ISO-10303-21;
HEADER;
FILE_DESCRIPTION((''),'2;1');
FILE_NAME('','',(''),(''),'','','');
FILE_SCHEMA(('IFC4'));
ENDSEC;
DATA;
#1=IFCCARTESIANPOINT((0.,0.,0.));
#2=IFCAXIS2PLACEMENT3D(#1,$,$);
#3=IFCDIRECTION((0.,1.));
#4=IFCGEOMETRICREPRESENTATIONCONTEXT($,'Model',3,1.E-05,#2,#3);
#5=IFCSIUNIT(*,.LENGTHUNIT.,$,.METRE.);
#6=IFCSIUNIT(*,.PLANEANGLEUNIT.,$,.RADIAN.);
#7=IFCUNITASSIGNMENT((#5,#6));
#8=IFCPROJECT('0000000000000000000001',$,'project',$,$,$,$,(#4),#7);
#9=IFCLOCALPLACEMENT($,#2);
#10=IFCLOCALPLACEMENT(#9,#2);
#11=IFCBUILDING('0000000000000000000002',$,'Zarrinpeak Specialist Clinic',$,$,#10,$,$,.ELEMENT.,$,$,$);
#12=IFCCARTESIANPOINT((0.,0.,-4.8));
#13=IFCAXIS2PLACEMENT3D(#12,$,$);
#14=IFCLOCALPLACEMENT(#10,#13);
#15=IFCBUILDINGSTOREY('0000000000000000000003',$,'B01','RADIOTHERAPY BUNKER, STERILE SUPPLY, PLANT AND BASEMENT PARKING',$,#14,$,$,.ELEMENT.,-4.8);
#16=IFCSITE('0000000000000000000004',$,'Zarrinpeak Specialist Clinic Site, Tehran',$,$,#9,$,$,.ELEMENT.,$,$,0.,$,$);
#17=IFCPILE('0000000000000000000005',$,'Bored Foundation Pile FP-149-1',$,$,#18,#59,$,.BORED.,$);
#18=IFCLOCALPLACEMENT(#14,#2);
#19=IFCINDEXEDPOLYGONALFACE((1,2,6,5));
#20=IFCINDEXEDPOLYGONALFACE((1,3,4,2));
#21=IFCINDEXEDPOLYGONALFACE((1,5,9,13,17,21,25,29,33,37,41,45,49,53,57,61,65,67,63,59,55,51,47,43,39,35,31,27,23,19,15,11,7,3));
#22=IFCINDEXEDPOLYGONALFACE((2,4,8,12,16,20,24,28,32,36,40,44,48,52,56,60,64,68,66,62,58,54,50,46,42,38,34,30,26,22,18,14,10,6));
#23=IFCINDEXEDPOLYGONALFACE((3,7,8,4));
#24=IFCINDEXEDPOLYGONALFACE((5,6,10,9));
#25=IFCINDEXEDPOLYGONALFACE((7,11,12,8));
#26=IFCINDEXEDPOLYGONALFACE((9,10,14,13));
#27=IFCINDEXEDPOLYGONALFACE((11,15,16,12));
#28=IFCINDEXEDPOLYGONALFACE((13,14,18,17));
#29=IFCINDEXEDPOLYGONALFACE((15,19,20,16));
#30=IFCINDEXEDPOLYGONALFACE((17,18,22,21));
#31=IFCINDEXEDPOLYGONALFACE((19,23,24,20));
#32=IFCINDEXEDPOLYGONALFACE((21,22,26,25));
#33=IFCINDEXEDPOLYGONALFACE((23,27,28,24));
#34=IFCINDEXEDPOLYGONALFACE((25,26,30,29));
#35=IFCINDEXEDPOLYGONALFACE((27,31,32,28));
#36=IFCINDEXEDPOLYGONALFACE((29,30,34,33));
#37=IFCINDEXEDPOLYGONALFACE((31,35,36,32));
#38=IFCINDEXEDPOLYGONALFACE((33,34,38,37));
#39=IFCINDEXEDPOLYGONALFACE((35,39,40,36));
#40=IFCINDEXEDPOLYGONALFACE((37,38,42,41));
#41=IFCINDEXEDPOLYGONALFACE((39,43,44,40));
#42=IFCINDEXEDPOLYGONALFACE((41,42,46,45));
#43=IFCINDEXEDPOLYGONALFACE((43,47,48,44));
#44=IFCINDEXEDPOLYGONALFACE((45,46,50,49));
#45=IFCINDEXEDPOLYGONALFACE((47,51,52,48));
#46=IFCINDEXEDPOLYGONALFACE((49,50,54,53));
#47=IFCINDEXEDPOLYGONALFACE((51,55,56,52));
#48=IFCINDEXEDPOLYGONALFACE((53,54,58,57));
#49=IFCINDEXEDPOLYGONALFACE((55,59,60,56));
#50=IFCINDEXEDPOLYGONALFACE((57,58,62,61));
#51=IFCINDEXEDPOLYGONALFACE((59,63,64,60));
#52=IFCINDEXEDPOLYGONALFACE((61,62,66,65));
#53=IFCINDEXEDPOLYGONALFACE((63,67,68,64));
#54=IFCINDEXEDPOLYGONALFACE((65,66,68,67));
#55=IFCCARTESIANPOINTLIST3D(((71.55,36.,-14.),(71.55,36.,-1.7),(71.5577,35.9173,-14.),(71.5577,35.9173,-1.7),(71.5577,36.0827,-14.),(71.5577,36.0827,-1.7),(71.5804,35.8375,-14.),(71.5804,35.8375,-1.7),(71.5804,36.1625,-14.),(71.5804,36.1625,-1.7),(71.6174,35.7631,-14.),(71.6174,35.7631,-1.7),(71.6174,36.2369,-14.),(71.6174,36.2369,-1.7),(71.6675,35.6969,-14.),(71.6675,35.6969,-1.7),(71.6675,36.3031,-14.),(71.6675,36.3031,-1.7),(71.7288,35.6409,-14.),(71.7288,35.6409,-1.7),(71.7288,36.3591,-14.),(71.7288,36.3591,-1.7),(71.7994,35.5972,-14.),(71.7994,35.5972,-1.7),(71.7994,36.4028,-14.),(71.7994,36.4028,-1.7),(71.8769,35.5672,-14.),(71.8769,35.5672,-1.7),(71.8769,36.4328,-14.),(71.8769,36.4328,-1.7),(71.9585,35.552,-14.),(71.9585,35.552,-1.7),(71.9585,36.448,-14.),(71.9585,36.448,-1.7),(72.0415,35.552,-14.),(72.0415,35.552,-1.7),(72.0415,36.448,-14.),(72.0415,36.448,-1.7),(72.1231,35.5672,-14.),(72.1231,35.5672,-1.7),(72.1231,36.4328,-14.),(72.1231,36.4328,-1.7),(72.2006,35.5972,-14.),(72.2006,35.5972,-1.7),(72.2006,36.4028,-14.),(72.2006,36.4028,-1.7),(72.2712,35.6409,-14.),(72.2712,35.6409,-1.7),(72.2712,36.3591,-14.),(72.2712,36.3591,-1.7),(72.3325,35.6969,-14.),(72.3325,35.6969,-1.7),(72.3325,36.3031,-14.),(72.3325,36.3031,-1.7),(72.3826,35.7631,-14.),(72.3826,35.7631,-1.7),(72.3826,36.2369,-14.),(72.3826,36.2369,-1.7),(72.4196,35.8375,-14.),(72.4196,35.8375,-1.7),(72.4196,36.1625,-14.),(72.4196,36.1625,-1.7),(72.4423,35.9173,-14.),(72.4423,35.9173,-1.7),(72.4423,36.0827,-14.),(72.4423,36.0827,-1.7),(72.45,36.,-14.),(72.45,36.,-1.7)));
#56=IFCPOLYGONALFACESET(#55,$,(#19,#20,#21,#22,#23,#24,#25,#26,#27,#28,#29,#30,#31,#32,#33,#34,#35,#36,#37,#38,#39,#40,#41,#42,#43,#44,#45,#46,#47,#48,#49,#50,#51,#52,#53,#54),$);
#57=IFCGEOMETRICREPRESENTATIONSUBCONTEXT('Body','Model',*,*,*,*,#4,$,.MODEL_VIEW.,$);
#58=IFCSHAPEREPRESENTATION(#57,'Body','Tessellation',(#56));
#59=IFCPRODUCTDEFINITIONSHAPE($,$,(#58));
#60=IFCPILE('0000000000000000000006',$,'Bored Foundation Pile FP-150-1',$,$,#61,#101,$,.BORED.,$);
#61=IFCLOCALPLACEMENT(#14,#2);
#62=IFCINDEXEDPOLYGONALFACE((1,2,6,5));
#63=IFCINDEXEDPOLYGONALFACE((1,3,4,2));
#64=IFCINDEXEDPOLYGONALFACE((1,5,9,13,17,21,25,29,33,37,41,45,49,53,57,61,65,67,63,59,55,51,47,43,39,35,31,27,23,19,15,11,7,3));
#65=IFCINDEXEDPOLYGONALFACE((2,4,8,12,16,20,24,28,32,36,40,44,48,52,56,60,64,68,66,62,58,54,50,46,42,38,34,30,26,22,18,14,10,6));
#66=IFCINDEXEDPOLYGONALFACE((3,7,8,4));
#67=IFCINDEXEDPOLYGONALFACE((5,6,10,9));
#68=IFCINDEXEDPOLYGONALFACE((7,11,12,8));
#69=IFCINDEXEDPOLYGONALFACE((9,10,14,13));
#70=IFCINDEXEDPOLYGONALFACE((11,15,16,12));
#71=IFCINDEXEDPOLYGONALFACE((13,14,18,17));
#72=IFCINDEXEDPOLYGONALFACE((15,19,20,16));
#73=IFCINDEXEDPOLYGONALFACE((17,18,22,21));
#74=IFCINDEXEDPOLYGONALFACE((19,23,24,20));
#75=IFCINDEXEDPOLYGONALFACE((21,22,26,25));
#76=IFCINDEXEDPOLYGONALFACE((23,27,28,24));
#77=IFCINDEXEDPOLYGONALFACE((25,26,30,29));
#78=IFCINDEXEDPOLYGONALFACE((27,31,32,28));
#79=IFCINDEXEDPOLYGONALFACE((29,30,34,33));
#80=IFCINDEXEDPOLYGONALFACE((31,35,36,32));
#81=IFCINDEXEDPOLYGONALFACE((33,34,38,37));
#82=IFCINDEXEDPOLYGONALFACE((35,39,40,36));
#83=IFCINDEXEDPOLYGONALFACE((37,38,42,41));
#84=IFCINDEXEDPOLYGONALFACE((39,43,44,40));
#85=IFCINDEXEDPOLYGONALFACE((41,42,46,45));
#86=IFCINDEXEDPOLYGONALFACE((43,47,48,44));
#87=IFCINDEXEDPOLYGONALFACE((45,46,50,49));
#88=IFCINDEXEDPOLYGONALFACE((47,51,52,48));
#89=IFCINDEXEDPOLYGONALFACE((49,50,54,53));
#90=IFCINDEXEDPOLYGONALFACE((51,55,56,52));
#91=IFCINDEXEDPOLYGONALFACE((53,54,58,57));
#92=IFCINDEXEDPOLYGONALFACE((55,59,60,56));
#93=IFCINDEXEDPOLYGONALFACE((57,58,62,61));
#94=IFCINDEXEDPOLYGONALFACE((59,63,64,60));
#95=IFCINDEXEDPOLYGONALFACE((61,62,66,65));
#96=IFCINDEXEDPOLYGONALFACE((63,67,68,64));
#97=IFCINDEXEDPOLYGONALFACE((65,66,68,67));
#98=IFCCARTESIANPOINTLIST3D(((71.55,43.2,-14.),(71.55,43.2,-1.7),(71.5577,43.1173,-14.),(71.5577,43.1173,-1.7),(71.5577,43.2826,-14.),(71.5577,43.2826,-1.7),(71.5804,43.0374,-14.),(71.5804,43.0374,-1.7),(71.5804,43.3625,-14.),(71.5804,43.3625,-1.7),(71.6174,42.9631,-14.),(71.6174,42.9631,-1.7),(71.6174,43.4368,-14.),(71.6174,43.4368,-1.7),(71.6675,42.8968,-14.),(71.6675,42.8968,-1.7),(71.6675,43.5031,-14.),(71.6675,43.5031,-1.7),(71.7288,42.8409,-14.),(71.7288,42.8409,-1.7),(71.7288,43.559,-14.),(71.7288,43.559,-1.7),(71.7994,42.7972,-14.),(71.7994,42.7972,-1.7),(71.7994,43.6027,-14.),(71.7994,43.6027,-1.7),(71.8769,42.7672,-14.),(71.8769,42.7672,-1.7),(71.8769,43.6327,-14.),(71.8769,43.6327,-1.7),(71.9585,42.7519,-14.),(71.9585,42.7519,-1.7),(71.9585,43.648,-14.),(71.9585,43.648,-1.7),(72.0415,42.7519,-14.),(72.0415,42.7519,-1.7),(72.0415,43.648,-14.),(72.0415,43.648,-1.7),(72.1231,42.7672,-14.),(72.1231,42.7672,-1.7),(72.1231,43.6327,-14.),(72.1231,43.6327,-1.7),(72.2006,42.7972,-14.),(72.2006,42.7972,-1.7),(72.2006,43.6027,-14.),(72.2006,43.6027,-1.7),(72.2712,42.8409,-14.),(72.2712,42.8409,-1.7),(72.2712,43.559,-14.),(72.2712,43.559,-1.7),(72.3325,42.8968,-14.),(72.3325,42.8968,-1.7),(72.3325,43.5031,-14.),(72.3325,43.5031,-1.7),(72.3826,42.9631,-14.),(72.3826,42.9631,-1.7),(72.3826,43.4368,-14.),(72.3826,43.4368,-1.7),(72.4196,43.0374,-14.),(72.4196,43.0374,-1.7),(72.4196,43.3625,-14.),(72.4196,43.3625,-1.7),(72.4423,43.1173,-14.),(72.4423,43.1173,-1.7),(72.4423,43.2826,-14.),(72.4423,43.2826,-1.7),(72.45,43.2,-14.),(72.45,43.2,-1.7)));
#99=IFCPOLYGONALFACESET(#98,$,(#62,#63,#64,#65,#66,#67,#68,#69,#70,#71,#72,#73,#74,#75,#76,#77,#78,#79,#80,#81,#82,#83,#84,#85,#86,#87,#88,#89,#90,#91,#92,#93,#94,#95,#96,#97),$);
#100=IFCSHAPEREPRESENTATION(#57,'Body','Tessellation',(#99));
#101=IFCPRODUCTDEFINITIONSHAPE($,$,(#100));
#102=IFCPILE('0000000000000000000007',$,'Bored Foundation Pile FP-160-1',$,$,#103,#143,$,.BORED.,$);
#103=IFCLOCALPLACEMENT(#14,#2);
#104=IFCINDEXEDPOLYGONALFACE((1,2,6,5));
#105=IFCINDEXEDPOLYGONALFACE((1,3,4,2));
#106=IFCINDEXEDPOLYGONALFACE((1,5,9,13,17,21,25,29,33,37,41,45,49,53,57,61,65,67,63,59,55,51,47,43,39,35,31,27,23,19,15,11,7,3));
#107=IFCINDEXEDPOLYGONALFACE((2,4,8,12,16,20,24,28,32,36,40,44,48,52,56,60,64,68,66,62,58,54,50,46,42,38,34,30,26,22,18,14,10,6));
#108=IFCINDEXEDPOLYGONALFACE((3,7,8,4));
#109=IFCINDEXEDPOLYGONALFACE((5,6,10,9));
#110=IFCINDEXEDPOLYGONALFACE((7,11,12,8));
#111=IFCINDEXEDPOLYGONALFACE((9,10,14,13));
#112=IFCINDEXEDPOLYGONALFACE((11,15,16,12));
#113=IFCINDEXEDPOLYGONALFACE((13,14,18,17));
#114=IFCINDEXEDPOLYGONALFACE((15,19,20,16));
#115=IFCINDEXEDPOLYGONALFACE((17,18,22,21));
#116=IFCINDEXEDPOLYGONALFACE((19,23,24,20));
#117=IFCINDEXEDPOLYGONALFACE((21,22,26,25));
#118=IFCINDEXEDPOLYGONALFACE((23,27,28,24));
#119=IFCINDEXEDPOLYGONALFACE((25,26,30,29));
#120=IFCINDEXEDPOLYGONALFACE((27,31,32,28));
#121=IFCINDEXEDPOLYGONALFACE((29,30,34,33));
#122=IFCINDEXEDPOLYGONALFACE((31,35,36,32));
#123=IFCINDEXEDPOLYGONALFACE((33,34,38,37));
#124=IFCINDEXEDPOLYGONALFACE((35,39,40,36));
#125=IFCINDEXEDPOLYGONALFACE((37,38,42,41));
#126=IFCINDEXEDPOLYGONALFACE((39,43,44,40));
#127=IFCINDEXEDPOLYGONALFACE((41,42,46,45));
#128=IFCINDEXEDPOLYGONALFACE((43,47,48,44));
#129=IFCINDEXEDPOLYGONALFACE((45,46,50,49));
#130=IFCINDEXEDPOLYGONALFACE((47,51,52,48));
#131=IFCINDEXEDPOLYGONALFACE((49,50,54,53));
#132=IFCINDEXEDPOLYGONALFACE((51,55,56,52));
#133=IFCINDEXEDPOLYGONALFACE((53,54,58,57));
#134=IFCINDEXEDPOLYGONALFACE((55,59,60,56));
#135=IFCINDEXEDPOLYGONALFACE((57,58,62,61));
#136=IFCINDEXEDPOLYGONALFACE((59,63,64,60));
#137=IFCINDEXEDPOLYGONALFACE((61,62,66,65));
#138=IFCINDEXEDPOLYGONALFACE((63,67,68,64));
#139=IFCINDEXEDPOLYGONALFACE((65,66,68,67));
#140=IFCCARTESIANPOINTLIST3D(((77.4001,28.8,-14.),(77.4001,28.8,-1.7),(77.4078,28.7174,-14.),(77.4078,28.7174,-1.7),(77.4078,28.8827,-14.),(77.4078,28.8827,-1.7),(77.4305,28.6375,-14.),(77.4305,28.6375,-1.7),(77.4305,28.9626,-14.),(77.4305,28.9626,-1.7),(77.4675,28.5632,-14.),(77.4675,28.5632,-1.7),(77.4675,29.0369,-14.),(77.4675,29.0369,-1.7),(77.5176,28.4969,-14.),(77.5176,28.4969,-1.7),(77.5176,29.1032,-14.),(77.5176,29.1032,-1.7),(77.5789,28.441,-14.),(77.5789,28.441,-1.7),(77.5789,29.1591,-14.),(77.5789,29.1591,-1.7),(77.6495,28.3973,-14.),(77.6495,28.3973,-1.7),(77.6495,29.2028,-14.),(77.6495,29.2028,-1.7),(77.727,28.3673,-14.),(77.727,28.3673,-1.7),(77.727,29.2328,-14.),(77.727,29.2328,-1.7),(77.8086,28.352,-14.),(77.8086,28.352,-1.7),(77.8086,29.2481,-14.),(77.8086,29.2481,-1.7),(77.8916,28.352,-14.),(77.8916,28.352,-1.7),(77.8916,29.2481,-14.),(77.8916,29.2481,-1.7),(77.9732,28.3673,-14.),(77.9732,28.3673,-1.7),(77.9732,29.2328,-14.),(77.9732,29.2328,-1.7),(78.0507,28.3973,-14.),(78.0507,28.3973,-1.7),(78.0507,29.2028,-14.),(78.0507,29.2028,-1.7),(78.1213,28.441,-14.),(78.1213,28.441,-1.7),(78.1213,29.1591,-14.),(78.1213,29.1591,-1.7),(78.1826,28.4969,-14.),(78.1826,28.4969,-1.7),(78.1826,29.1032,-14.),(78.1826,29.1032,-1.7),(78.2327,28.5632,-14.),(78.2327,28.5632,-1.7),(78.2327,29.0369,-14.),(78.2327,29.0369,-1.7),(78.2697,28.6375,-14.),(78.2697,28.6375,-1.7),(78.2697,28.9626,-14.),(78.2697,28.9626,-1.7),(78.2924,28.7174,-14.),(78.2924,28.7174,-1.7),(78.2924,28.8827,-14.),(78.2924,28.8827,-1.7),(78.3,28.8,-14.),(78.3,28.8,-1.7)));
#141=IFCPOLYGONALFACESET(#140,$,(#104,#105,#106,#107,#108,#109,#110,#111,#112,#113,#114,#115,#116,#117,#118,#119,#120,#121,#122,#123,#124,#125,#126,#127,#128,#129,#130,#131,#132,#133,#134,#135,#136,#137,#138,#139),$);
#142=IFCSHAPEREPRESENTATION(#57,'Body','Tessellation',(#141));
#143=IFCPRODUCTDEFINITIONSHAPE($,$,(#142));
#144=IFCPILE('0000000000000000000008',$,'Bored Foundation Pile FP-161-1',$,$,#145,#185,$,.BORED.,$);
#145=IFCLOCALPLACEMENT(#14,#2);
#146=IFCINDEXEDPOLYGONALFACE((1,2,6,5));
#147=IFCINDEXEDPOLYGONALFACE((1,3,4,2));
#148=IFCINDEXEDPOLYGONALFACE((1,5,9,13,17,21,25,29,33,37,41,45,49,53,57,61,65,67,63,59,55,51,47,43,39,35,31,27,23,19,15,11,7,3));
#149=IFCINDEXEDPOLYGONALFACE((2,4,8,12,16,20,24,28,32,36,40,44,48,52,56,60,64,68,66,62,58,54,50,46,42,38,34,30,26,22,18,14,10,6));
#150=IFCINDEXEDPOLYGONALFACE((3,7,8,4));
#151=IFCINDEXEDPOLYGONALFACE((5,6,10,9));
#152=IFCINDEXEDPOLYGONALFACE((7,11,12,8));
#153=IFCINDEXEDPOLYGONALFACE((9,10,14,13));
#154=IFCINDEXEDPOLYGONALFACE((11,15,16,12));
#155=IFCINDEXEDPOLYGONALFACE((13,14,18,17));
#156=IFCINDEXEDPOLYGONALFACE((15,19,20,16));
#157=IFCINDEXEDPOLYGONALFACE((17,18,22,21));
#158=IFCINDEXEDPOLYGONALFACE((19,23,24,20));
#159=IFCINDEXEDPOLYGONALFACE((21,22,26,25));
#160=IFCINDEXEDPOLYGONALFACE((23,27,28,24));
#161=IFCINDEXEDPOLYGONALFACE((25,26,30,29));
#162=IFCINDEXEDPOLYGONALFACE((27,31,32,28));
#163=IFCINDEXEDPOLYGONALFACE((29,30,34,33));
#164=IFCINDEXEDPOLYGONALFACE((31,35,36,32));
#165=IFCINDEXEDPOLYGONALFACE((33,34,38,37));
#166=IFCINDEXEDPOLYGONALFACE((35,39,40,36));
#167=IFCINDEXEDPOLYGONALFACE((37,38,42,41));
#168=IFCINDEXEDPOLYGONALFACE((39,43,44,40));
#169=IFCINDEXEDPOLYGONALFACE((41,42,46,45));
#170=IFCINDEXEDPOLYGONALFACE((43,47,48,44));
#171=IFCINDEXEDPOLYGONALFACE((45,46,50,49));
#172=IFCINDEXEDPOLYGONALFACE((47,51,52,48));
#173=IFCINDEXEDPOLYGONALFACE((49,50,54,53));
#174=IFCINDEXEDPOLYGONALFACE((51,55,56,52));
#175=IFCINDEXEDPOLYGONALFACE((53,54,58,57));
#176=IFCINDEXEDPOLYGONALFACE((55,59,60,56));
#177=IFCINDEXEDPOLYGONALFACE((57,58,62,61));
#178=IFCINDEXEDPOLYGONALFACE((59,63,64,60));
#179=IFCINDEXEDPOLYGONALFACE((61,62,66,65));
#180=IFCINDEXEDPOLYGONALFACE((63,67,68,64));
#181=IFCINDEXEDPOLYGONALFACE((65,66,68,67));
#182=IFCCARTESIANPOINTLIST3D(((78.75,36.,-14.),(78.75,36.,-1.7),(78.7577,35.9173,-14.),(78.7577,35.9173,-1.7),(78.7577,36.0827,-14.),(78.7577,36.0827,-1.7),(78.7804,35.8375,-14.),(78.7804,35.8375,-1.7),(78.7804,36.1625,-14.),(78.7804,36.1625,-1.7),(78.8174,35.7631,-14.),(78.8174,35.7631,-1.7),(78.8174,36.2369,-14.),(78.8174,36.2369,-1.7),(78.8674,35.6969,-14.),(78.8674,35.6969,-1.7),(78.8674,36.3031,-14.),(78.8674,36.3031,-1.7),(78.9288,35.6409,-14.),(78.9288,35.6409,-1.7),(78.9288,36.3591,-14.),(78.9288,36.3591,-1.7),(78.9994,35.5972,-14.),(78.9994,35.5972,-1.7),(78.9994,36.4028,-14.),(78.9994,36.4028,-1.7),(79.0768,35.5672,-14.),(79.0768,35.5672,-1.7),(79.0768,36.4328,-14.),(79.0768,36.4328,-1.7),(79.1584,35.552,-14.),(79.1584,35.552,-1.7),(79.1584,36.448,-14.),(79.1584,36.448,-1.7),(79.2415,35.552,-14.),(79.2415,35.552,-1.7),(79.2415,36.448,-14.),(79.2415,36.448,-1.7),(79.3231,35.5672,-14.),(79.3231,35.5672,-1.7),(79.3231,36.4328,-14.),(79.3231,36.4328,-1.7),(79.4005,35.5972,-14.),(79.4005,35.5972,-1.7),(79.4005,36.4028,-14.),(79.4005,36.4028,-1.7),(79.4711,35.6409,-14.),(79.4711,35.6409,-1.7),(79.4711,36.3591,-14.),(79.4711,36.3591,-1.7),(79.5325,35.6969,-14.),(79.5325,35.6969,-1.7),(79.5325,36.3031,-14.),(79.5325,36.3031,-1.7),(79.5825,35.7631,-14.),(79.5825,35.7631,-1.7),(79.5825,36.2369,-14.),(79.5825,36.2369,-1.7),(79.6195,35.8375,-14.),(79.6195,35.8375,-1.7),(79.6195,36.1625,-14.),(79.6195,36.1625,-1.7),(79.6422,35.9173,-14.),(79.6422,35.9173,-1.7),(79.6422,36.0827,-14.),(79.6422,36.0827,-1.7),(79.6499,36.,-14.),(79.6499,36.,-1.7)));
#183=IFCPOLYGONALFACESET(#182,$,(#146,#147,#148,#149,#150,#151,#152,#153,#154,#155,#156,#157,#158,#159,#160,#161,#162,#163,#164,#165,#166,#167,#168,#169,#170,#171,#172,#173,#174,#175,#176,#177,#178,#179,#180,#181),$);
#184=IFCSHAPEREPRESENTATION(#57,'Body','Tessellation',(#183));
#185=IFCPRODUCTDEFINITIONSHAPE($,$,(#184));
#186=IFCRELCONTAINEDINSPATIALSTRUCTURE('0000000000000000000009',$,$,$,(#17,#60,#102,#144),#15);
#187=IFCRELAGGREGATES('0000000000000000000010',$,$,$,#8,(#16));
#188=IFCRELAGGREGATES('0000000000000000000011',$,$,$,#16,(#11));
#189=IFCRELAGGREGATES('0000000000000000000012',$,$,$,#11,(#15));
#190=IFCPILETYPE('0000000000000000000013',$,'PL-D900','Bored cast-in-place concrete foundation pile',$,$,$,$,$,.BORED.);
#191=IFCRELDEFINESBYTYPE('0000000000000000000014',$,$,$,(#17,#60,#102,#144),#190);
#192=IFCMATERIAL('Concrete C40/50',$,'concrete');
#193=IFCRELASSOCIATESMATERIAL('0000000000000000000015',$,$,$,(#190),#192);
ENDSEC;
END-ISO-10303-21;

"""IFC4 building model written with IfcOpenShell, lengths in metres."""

from ifc_helpers import new_model, si_unit, direction, frame, origin, origin_2d, place, context, subcontext, project, spatial, circle, extrude, material, material_profile, profile_set, type_object, element, save


model = new_model("IFC4")

# Units and contexts
model_context = context("Model", 3, precision=1e-05, world=origin(), true_north=direction((0.0, 1.0)))
body_context = subcontext(model_context, "Body", "Model", "MODEL_VIEW")
ifc_project = project(units=[si_unit("LENGTHUNIT", "METRE"), si_unit("PLANEANGLEUNIT", "RADIAN")], contexts=[model_context])

# Site, building, storey
site_placement = place(None, origin())
site = spatial("IfcSite", under=ifc_project, at=site_placement, Name="Zarrinpeak Specialist Clinic Site, Tehran", CompositionType="ELEMENT", RefElevation=0.0)
building_placement = place(site_placement, origin())
building = spatial("IfcBuilding", under=site, at=building_placement, Name="Zarrinpeak Specialist Clinic", CompositionType="ELEMENT")
storey_placement = place(building_placement, frame((0.0, 0.0, -4.8)))
storey = spatial("IfcBuildingStorey", under=building, at=storey_placement, Name="B01", Description="RADIOTHERAPY BUNKER, STERILE SUPPLY, PLANT AND BASEMENT PARKING", CompositionType="ELEMENT", Elevation=-4.8)

# Shared definitions
ifc_material = material(Name="Concrete C40/50", Category="concrete")

# Piles
ifc_material_profile_1 = material_profile(ifc_material, circle(Radius=0.45, at=origin_2d()), Name="BORED PILE D900")
ifc_profile_set_1 = profile_set([ifc_material_profile_1], Name="Concrete C40/50")
pile_type = type_object("IfcPileType", Name="PL-D900", Description="Bored cast-in-place concrete foundation pile", PredefinedType="BORED", material=ifc_profile_set_1)
for number, where, z_axis, x_axis, name in (
    (1, (72.0, 36.0, -1.7), (0.0, 0.0, -1.0), (1.0, 0.0, 0.0), "Bored Foundation Pile FP-149-1"),
    (2, (72.0, 43.2, -1.7), (0.0, 0.0, -1.0), (1.0, 0.0, 0.0), "Bored Foundation Pile FP-150-1"),
    (3, (77.8501, 28.8, -1.7), (0.0, 0.0, -1.0), (1.0, 0.0, 0.0), "Bored Foundation Pile FP-160-1"),
    (4, (79.2, 36.0, -1.7), (0.0, 0.0, -1.0), (1.0, 0.0, 0.0), "Bored Foundation Pile FP-161-1"),
):
    element("IfcPile", number, at=place(storey_placement, frame(where, z_axis=z_axis, x_axis=x_axis)), inside=storey, type_object=pile_type, Name=name, PredefinedType="BORED", context=body_context, shape_type="SweptSolid", body=[
        extrude(circle(Radius=0.45, at=origin_2d()), origin(), (0.0, 0.0, 1.0), 12.3),
    ])

save(model, "model.ifc")
